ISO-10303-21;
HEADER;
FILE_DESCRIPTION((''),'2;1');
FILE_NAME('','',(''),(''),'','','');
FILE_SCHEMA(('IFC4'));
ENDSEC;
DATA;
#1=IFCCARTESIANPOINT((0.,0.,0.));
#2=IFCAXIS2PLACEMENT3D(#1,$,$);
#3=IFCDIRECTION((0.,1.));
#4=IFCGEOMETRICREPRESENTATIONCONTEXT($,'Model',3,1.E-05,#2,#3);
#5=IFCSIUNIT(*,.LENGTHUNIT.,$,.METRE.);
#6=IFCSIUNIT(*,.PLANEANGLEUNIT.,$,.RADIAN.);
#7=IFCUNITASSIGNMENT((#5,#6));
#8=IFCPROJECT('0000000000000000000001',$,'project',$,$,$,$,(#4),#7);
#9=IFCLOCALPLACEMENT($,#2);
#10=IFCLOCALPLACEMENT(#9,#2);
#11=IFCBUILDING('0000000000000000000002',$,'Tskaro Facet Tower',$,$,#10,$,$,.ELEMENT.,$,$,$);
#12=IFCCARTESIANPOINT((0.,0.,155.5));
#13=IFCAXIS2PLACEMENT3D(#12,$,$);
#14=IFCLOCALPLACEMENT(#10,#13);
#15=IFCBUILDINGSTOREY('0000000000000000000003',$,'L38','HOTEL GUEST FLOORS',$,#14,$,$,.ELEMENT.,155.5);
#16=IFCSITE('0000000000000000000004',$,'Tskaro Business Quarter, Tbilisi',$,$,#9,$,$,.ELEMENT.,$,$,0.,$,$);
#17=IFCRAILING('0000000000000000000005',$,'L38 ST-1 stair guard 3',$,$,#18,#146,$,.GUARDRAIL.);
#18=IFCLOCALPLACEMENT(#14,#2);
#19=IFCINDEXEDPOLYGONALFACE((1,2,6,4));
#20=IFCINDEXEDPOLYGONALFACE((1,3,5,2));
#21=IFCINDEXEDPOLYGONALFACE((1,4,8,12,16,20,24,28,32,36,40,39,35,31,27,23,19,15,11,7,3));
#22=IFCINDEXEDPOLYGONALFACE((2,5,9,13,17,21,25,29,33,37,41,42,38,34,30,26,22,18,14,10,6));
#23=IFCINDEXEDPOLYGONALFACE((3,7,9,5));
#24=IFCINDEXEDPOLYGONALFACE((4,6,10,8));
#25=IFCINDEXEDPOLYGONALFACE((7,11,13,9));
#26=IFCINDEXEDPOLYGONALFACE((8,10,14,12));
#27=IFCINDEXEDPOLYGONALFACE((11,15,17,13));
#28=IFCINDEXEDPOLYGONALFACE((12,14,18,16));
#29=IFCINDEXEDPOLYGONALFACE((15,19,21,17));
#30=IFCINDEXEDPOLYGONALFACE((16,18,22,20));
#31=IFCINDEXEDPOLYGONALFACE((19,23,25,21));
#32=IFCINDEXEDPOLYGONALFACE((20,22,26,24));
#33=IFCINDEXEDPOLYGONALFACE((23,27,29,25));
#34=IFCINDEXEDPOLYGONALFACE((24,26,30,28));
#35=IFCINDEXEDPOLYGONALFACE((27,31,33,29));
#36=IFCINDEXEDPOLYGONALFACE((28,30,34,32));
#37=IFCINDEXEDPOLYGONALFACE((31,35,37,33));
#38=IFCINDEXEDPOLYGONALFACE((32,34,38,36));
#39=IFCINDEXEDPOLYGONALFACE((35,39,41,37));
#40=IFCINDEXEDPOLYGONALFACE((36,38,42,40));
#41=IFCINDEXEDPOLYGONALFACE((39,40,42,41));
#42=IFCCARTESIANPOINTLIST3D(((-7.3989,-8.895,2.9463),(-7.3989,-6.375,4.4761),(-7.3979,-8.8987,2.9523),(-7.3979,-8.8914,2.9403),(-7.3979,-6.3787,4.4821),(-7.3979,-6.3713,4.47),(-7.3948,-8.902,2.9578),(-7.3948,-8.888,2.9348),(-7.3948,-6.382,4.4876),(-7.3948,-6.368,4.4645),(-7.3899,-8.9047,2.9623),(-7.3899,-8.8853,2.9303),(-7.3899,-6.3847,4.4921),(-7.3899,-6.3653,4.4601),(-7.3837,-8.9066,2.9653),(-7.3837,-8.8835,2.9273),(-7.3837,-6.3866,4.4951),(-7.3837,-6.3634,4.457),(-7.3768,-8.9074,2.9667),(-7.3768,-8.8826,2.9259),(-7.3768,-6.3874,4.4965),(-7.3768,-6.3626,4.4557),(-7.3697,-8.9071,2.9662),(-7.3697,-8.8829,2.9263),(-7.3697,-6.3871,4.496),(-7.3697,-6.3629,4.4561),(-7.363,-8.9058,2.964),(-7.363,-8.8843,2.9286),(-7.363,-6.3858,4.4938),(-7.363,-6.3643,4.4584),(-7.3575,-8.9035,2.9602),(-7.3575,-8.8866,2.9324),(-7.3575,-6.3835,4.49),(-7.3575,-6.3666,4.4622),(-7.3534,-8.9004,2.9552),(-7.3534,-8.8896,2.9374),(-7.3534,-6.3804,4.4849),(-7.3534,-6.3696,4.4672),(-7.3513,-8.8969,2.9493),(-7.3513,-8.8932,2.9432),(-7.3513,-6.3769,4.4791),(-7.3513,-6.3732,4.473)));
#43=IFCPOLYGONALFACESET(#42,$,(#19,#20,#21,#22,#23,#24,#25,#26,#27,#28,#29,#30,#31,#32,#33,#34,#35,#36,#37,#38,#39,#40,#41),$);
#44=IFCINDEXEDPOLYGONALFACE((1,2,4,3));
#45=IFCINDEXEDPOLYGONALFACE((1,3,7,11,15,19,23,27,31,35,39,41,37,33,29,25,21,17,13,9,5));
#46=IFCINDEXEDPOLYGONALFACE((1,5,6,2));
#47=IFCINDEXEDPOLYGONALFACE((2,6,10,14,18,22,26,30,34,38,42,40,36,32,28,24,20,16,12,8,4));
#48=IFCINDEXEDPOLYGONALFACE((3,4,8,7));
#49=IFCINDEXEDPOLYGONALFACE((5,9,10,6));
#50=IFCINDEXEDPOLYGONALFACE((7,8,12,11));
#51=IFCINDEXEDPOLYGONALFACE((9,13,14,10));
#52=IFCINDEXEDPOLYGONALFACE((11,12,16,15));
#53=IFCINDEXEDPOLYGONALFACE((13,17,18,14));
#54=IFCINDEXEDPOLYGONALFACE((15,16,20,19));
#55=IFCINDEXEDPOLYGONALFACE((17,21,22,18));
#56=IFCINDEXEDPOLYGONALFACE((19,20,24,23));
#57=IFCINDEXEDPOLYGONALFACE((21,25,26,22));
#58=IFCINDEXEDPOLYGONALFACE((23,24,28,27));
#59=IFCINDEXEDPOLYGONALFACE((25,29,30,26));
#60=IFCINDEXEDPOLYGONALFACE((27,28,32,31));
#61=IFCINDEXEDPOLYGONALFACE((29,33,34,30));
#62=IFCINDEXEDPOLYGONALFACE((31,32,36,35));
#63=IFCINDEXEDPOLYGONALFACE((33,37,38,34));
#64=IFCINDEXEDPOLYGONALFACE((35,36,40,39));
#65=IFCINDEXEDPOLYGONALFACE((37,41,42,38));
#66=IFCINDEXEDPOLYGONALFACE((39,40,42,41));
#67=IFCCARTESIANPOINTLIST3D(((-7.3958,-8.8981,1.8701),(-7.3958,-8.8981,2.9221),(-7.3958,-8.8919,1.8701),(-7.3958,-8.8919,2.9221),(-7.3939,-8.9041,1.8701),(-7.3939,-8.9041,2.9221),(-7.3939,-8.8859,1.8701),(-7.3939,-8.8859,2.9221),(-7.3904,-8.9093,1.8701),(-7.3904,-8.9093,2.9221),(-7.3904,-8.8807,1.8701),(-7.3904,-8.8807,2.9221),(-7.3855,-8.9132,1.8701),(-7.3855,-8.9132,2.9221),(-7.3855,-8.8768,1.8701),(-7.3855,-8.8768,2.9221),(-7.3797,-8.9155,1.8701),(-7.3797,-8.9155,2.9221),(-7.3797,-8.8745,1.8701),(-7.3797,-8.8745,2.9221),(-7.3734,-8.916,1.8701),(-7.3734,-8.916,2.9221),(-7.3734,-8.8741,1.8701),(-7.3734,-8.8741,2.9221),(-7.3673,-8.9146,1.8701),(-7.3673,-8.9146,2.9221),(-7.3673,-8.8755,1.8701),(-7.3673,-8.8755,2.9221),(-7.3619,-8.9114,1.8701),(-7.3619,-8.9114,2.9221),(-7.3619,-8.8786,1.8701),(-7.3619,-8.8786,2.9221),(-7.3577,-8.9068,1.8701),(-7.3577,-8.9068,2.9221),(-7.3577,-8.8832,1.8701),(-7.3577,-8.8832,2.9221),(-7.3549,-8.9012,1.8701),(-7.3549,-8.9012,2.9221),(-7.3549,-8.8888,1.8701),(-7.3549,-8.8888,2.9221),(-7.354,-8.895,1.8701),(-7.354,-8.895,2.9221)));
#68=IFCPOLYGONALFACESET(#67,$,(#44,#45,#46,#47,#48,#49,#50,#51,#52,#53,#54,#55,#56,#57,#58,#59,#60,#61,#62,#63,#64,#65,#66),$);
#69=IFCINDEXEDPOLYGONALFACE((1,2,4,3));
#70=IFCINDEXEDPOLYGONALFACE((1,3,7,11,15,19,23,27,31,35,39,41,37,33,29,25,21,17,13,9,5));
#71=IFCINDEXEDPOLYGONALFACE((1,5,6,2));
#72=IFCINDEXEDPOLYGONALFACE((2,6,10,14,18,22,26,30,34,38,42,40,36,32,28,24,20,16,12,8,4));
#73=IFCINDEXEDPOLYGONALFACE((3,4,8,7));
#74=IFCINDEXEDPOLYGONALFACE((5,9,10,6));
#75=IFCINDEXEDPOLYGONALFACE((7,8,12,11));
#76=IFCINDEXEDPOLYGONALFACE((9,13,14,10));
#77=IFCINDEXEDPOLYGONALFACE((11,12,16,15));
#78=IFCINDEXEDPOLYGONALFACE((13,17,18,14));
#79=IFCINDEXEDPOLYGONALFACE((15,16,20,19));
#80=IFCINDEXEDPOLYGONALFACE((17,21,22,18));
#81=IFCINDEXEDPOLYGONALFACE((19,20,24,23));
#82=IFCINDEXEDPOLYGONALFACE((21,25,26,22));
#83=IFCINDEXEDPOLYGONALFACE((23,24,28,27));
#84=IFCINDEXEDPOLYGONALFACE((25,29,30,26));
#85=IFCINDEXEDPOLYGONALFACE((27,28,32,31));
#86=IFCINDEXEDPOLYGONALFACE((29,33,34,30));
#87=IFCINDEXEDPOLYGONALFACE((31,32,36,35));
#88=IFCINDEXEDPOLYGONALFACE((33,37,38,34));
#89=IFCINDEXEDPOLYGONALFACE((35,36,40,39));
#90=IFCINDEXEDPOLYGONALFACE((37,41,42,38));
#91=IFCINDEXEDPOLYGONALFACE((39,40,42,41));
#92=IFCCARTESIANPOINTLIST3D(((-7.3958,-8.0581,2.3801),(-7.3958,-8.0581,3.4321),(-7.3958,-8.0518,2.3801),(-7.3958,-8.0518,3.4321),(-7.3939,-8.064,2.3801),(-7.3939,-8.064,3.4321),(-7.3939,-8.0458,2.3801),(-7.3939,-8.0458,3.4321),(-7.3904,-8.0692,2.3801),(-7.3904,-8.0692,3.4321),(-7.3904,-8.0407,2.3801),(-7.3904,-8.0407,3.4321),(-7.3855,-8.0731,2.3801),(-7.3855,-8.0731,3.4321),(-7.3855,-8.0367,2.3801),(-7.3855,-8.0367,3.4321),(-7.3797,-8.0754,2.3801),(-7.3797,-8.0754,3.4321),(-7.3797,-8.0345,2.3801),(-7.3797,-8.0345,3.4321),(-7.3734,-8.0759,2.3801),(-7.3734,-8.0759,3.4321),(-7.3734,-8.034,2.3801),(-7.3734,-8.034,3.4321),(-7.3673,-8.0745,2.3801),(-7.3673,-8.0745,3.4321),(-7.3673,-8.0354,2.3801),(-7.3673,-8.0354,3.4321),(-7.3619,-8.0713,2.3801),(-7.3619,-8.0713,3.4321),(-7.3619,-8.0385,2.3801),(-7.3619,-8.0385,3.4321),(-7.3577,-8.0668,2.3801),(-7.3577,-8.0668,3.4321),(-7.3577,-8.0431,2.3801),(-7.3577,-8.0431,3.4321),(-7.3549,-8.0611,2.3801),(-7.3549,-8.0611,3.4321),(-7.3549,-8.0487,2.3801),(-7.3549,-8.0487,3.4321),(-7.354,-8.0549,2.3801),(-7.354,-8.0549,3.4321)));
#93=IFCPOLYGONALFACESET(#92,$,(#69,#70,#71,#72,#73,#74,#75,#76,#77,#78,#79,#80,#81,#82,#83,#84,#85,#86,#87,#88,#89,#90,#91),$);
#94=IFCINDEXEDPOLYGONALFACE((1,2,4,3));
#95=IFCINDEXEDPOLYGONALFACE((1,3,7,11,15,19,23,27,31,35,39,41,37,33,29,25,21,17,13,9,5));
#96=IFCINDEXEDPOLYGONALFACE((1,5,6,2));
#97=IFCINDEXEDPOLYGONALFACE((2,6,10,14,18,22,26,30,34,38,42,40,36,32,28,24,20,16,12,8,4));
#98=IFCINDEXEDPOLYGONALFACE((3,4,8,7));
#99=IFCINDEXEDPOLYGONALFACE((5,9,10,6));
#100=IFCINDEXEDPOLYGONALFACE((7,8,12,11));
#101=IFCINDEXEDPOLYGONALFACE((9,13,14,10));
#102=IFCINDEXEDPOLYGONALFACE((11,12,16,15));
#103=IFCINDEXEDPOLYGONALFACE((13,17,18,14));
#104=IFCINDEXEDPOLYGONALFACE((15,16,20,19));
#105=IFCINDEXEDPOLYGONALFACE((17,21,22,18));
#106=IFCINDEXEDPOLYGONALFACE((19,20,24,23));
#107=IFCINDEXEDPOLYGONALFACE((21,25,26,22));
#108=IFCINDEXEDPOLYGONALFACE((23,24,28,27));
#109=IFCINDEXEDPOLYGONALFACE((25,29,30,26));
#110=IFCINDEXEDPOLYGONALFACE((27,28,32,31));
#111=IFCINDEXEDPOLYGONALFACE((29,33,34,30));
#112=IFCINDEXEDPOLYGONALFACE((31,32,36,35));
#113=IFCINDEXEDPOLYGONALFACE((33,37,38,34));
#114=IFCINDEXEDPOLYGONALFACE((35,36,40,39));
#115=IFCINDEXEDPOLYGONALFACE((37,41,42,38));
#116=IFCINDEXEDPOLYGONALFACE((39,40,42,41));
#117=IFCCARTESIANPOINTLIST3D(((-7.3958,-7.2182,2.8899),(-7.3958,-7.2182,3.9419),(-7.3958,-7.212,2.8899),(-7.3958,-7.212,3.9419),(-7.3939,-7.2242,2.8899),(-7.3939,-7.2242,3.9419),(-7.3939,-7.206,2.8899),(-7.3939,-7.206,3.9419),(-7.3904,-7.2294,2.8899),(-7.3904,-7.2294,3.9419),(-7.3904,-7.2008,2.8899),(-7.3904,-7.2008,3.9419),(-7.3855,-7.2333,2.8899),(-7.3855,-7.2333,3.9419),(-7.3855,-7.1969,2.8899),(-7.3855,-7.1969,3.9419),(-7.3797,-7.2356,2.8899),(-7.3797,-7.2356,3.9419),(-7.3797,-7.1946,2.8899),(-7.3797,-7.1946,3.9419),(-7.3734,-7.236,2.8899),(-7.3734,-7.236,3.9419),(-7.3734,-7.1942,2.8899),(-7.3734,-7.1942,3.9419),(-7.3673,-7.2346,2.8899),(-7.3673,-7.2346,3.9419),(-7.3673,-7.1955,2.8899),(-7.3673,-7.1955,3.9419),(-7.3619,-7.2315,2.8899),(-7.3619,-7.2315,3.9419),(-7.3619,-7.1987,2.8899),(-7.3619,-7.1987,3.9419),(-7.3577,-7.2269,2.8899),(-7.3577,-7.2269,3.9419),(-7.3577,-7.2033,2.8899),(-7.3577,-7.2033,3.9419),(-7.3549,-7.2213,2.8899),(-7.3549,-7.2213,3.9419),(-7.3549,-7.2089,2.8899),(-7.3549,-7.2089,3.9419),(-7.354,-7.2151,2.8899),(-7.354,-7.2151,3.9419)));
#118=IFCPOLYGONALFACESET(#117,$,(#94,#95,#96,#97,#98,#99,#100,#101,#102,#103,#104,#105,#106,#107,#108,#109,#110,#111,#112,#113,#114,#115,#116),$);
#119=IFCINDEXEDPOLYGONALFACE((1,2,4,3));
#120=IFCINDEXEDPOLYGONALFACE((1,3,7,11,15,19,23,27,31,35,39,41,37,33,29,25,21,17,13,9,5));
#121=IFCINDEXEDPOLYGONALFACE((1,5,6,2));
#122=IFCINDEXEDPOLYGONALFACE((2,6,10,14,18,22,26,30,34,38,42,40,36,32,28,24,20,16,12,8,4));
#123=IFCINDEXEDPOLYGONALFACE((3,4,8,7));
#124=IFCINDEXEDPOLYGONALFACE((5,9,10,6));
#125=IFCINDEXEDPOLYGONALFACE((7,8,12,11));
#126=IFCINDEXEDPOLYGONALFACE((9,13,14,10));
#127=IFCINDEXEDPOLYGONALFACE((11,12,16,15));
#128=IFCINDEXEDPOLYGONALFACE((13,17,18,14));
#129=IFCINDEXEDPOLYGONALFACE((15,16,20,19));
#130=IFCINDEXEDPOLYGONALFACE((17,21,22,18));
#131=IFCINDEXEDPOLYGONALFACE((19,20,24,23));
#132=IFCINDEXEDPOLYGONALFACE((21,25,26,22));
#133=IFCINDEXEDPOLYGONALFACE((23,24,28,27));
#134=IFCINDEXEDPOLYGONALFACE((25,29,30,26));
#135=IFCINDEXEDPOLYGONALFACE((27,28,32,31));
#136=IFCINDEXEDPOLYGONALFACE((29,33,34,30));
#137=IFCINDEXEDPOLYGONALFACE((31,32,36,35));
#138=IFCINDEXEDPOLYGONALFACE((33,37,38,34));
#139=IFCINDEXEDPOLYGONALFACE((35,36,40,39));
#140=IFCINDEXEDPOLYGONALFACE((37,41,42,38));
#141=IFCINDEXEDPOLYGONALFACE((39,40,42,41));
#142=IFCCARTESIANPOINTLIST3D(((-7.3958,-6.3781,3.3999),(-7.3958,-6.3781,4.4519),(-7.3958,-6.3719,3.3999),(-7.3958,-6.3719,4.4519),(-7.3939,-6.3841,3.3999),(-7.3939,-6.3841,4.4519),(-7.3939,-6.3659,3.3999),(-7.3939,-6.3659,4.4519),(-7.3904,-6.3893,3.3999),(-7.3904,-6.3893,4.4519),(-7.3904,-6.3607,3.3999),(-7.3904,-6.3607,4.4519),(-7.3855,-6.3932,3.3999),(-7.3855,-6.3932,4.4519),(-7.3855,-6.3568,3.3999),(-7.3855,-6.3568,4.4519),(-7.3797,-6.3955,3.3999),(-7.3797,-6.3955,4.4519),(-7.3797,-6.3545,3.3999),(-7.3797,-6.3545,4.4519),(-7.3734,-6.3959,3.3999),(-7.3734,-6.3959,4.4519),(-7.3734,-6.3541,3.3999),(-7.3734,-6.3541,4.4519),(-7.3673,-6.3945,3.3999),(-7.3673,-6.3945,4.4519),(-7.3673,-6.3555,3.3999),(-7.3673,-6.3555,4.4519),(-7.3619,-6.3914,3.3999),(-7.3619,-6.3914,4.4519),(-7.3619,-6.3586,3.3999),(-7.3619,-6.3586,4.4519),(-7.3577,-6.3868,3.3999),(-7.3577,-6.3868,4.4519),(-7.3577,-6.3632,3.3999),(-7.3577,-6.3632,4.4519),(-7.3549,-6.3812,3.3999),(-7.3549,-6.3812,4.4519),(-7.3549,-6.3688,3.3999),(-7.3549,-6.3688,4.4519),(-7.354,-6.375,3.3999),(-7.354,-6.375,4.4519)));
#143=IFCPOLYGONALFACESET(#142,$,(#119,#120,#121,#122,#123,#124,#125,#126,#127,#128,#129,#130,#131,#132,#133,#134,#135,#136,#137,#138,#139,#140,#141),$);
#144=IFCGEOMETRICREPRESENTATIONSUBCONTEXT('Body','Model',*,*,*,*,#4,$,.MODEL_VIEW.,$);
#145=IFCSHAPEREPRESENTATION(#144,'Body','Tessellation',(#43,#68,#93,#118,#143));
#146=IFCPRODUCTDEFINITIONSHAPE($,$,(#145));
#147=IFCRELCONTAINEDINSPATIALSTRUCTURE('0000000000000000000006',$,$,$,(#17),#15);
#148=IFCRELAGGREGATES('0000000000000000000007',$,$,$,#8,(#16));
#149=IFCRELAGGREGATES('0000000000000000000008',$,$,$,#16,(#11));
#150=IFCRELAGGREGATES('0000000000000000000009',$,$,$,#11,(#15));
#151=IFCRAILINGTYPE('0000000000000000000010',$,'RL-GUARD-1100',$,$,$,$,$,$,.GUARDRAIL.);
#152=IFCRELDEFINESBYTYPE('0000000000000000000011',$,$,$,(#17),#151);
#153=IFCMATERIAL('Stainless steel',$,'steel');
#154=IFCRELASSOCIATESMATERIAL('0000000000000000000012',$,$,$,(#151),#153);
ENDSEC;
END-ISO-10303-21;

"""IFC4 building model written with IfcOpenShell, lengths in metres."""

from ifc_helpers import new_model, si_unit, direction, frame, origin, origin_2d, place, context, subcontext, project, spatial, circle, extrude, material, type_object, element, save


model = new_model("IFC4")

# Units and contexts
model_context = context("Model", 3, precision=1e-05, world=origin(), true_north=direction((0.0, 1.0)))
body_context = subcontext(model_context, "Body", "Model", "MODEL_VIEW")
ifc_project = project(units=[si_unit("LENGTHUNIT", "METRE"), si_unit("PLANEANGLEUNIT", "RADIAN")], contexts=[model_context])

# Site, building, storey
site_placement = place(None, origin())
site = spatial("IfcSite", under=ifc_project, at=site_placement, Name="Tskaro Business Quarter, Tbilisi", CompositionType="ELEMENT", RefElevation=0.0)
building_placement = place(site_placement, origin())
building = spatial("IfcBuilding", under=site, at=building_placement, Name="Tskaro Facet Tower", CompositionType="ELEMENT")
storey_placement = place(building_placement, frame((0.0, 0.0, 155.5)))
storey = spatial("IfcBuildingStorey", under=building, at=storey_placement, Name="L38", Description="HOTEL GUEST FLOORS", CompositionType="ELEMENT", Elevation=155.5)

# Shared definitions
ifc_material_1 = material(Name="Stainless steel", Category="steel")

# Railing
railing_type_1 = type_object("IfcRailingType", Name="RL-GUARD-1100", PredefinedType="GUARDRAIL", material=ifc_material_1)
railing_1_placement = place(storey_placement, frame((-7.375, -8.895, 1.8701)))
element("IfcRailing", 1, at=railing_1_placement, inside=storey, type_object=railing_type_1, Name="L38 ST-1 stair guard 3", PredefinedType="GUARDRAIL", context=body_context, shape_type="SweptSolid", body=[
    extrude(circle(Radius=0.0239, at=origin_2d()), frame((0.0, 0.0, 1.0762), z_axis=(0.0, 0.854822, 0.518922), x_axis=(-1.0, 0.0, 0.0)), (0.0, 0.0, 1.0), 2.948),
    extrude(circle(Radius=0.021, at=origin_2d()), origin(), (0.0, 0.0, 1.0), 1.052),
    extrude(circle(Radius=0.021, at=origin_2d()), frame((0.0, 0.8401, 0.51)), (0.0, 0.0, 1.0), 1.052),
    extrude(circle(Radius=0.021, at=origin_2d()), frame((0.0, 1.6799, 1.0198)), (0.0, 0.0, 1.0), 1.052),
    extrude(circle(Radius=0.021, at=origin_2d()), frame((0.0, 2.52, 1.5298)), (0.0, 0.0, 1.0), 1.052),
])

save(model, "model.ifc")
